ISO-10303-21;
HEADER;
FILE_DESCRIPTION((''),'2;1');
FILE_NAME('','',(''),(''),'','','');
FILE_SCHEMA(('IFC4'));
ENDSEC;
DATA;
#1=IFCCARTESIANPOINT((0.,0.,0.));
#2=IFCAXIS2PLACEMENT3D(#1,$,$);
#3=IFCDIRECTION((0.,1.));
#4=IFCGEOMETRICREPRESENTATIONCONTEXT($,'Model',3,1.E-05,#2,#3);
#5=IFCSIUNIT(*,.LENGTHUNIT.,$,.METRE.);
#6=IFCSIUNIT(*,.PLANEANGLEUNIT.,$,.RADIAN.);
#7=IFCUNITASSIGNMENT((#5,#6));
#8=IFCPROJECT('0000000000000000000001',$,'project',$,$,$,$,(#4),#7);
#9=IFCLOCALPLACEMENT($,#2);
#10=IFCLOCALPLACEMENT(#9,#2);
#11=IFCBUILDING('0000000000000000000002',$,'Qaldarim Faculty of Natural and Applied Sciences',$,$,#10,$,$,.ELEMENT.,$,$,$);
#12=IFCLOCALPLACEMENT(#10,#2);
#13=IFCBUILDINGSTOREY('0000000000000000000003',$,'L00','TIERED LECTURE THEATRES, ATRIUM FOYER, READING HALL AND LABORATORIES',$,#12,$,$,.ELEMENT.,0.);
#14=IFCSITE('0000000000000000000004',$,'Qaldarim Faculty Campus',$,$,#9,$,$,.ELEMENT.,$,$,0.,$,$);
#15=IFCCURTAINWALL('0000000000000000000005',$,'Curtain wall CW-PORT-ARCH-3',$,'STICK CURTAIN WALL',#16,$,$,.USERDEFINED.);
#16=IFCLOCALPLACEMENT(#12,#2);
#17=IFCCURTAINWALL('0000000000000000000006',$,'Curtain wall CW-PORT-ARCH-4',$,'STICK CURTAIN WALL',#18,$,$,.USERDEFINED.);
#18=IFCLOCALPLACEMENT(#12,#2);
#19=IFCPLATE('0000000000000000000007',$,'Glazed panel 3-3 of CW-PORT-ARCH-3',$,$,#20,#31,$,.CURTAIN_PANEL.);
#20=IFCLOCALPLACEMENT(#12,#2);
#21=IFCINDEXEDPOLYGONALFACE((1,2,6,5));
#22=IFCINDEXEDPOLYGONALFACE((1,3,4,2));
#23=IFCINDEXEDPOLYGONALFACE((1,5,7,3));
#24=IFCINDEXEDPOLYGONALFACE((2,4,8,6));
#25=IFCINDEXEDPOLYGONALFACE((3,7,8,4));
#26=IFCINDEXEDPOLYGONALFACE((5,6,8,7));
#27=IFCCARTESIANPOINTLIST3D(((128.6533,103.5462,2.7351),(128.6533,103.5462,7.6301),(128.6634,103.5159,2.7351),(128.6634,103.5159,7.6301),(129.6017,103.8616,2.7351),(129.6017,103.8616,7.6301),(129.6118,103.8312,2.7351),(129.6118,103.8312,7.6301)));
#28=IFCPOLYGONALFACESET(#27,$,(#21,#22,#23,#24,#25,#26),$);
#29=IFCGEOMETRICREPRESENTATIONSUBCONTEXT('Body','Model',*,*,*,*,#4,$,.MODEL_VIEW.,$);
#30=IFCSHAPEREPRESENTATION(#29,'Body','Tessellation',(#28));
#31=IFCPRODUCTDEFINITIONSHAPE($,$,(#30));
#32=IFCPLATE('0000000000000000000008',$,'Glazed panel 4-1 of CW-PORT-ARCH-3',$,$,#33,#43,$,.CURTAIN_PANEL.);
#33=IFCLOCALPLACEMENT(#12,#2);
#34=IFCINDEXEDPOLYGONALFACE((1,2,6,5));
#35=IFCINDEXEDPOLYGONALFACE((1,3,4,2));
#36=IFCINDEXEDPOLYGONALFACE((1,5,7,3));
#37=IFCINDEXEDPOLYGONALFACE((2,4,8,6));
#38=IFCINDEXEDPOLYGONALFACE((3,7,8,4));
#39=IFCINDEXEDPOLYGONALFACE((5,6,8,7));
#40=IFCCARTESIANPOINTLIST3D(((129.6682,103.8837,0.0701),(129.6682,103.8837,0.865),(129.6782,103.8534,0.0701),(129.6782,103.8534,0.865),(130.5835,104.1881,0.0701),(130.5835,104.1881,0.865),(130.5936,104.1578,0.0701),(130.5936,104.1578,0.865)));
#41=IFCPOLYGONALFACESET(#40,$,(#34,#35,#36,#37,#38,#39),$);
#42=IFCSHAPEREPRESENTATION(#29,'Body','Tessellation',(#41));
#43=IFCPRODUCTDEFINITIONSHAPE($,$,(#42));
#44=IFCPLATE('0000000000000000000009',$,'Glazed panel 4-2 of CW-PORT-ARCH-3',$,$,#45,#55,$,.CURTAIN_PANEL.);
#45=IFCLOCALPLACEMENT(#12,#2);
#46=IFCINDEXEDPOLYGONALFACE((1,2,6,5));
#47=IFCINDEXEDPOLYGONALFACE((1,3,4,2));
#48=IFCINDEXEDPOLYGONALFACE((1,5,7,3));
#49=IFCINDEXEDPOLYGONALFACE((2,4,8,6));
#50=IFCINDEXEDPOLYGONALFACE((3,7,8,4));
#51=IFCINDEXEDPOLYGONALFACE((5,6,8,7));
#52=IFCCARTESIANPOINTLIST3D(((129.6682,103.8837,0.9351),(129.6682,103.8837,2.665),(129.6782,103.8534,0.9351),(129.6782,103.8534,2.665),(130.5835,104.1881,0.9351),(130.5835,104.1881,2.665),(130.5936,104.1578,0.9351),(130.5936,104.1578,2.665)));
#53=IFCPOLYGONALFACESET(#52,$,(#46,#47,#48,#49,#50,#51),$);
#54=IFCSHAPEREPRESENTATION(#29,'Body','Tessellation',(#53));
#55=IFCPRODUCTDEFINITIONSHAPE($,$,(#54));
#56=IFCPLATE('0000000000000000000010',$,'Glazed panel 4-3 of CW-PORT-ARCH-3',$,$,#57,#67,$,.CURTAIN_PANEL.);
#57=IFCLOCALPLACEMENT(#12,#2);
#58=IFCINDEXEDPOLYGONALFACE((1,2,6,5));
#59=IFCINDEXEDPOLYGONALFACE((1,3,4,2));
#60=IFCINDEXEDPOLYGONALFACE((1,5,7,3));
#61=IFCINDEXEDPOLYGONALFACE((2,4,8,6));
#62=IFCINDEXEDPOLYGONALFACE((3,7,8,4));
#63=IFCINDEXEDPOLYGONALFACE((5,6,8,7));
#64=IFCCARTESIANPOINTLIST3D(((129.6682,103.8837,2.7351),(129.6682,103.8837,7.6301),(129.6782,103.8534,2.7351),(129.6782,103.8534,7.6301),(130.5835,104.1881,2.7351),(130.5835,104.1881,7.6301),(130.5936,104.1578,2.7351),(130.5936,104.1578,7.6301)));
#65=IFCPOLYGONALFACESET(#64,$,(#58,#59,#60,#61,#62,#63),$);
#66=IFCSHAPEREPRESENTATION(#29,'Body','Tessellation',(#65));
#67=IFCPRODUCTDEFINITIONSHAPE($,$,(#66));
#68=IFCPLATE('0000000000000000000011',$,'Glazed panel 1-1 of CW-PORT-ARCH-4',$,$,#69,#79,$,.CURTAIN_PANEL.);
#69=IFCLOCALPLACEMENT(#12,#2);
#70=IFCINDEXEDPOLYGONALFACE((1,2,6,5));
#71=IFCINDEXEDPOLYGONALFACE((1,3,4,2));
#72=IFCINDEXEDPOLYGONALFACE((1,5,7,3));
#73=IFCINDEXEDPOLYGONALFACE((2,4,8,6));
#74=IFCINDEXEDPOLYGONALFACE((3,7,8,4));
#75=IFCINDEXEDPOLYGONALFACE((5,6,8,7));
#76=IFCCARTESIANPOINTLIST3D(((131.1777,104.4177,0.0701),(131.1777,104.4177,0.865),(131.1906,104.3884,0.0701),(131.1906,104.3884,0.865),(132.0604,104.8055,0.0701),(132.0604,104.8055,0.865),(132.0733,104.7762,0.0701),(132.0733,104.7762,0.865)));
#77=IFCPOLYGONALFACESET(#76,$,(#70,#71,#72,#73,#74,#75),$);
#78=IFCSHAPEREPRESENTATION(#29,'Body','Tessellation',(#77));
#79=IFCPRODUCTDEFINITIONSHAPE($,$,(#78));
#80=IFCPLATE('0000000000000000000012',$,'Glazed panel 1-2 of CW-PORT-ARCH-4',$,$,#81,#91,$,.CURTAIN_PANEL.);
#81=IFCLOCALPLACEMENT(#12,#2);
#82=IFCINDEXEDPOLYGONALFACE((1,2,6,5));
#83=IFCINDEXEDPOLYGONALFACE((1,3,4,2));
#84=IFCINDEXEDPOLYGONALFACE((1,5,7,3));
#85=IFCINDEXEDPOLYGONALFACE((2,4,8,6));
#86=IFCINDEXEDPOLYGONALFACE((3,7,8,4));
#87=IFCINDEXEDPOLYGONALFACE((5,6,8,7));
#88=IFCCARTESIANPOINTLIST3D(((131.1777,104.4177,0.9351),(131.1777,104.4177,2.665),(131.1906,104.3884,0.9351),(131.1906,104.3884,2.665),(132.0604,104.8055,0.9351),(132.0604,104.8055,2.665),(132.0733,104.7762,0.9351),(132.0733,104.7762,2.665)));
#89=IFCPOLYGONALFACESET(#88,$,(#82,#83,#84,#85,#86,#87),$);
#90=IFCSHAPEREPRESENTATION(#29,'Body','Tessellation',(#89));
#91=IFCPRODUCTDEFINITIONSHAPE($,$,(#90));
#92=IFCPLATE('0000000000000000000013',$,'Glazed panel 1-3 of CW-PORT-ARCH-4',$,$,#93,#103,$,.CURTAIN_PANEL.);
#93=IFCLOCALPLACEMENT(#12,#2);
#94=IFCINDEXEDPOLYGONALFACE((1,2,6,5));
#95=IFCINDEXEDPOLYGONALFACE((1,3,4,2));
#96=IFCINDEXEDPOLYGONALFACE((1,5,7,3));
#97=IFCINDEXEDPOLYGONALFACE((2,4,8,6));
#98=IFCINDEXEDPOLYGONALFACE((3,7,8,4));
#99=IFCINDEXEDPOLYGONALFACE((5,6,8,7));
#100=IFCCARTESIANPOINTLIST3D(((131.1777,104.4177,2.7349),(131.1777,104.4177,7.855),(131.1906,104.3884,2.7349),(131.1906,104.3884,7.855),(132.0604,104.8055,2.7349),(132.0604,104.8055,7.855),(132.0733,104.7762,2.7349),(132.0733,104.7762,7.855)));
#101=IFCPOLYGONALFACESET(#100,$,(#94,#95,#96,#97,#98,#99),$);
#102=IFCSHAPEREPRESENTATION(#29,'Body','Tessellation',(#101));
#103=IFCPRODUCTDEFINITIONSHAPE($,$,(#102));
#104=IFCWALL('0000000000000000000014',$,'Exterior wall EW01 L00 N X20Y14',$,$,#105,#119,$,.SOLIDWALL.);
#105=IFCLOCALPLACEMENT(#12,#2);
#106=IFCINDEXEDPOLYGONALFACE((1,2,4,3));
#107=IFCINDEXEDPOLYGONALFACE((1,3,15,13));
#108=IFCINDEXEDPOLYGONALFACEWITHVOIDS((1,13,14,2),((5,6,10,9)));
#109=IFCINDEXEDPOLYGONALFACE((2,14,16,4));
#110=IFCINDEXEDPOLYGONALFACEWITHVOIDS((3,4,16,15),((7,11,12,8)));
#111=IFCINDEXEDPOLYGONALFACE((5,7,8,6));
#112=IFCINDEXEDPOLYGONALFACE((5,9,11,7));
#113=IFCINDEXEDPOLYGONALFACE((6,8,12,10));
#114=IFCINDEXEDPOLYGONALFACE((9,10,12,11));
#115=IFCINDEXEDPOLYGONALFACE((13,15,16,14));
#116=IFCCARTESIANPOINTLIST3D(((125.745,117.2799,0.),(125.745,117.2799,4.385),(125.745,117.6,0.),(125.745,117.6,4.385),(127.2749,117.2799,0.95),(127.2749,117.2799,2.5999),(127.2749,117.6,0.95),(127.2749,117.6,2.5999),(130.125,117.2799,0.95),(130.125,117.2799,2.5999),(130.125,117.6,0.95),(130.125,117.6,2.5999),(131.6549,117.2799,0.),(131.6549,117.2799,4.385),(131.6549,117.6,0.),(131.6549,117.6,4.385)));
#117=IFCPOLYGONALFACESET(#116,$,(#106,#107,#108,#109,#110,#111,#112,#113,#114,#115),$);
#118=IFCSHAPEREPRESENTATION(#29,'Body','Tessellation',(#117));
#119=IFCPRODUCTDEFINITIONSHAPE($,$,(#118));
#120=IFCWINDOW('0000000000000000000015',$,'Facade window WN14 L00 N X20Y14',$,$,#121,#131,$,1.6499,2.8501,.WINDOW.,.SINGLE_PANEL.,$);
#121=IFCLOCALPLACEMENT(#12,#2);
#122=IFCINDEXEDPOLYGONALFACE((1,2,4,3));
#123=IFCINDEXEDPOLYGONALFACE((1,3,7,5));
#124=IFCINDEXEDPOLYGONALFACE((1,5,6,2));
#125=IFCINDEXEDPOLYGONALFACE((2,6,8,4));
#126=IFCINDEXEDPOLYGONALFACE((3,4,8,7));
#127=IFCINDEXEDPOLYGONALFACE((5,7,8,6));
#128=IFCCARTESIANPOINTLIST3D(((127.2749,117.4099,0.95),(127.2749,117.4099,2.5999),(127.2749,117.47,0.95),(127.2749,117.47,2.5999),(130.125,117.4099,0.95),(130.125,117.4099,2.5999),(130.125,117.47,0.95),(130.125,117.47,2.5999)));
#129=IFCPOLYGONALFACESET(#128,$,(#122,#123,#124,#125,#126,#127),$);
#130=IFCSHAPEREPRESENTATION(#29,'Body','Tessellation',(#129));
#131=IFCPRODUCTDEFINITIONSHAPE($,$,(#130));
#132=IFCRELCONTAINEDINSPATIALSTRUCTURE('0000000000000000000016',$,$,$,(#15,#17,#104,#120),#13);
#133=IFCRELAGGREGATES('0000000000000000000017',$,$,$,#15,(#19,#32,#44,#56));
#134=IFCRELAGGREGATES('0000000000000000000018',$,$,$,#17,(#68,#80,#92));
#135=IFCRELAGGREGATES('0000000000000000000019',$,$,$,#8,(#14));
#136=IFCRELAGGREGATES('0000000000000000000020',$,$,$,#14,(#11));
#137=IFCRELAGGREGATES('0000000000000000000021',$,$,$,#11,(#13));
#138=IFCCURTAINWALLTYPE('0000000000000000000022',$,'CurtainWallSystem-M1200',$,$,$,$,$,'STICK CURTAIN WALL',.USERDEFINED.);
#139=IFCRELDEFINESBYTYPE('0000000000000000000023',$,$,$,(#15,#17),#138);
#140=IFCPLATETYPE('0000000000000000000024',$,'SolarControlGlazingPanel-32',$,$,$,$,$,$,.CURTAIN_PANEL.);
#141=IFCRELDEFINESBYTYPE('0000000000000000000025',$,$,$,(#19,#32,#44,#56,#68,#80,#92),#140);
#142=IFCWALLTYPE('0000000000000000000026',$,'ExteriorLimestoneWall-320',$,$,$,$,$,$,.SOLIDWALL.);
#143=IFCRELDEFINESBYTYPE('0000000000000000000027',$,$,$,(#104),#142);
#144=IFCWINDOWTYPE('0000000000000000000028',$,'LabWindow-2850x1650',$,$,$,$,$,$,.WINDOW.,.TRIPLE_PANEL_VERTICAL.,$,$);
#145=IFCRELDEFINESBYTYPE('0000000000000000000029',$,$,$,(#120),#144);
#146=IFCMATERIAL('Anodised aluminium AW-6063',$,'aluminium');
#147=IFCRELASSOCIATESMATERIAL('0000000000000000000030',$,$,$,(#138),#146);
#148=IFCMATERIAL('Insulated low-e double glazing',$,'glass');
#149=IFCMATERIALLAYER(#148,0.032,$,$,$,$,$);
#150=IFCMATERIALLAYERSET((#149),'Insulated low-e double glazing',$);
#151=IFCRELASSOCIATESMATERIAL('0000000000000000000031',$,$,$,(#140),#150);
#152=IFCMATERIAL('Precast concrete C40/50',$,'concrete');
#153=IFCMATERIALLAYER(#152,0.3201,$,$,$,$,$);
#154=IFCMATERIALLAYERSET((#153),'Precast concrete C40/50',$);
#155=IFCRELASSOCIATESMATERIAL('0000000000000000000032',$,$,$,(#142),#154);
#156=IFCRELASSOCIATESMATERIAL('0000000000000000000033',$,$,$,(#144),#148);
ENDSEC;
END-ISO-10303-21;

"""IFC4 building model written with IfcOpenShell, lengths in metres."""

from ifc_helpers import new_model, si_unit, direction, frame, frame_2d, origin, origin_2d, place, context, subcontext, project, spatial, rectangle, extrude, material, layer, layer_set, type_object, element, fill, aggregate, save


model = new_model("IFC4")

# Units and contexts
model_context = context("Model", 3, precision=1e-05, world=origin(), true_north=direction((0.0, 1.0)))
body_context = subcontext(model_context, "Body", "Model", "MODEL_VIEW")
ifc_project = project(units=[si_unit("LENGTHUNIT", "METRE"), si_unit("PLANEANGLEUNIT", "RADIAN")], contexts=[model_context])

# Site, building, storey
site_placement = place(None, origin())
site = spatial("IfcSite", under=ifc_project, at=site_placement, Name="Qaldarim Faculty Campus", CompositionType="ELEMENT", RefElevation=0.0)
building_placement = place(site_placement, origin())
building = spatial("IfcBuilding", under=site, at=building_placement, Name="Qaldarim Faculty of Natural and Applied Sciences", CompositionType="ELEMENT")
storey_placement = place(building_placement, origin())
storey = spatial("IfcBuildingStorey", under=building, at=storey_placement, Name="L00", Description="TIERED LECTURE THEATRES, ATRIUM FOYER, READING HALL AND LABORATORIES", CompositionType="ELEMENT", Elevation=0.0)

# Curtain walls
ifc_material_1 = material(Name="Anodised aluminium AW-6063", Category="aluminium")
curtain_wall_type = type_object("IfcCurtainWallType", Name="CurtainWallSystem-M1200", ElementType="STICK CURTAIN WALL", PredefinedType="USERDEFINED", material=ifc_material_1)
curtain_wall_1_placement = place(storey_placement, origin())
curtain_wall_1 = element("IfcCurtainWall", 1, at=curtain_wall_1_placement, inside=storey, type_object=curtain_wall_type, Name="Curtain wall CW-PORT-ARCH-3", ObjectType="STICK CURTAIN WALL", PredefinedType="USERDEFINED")
curtain_wall_2_placement = place(storey_placement, origin())
curtain_wall_2 = element("IfcCurtainWall", 2, at=curtain_wall_2_placement, inside=storey, type_object=curtain_wall_type, Name="Curtain wall CW-PORT-ARCH-4", ObjectType="STICK CURTAIN WALL", PredefinedType="USERDEFINED")

# Plates
ifc_material_2 = material(Name="Insulated low-e double glazing", Category="glass")
ifc_layer_1 = layer(ifc_material_2, 0.032)
ifc_layer_set_1 = layer_set([ifc_layer_1], Name="Insulated low-e double glazing")
plate_type = type_object("IfcPlateType", Name="SolarControlGlazingPanel-32", PredefinedType="CURTAIN_PANEL", material=ifc_layer_set_1)
plate_1_placement = place(storey_placement, frame((129.1326, 103.6887, 2.7351), z_axis=(0.0, 0.0, 1.0), x_axis=(0.948915, 0.315533, 0.0)))
plate_1 = element("IfcPlate", 3, at=plate_1_placement, type_object=plate_type, Name="Glazed panel 3-3 of CW-PORT-ARCH-3", PredefinedType="CURTAIN_PANEL", context=body_context, shape_type="SweptSolid", body=[
    extrude(rectangle(XDim=0.9995, YDim=0.032, at=origin_2d()), origin(), (0.0, 0.0, 1.0), 4.895),
])
plate_2_placement = place(storey_placement, frame((130.1309, 104.0208, 0.0701), z_axis=(0.0, 0.0, 1.0), x_axis=(0.948915, 0.315533, 0.0)))
plate_2 = element("IfcPlate", 4, at=plate_2_placement, type_object=plate_type, Name="Glazed panel 4-1 of CW-PORT-ARCH-3", PredefinedType="CURTAIN_PANEL", context=body_context, shape_type="SweptSolid", body=[
    extrude(rectangle(XDim=0.9646, YDim=0.032, at=origin_2d()), origin(), (0.0, 0.0, 1.0), 0.7949),
])
plate_3_placement = place(storey_placement, frame((130.1309, 104.0208, 0.9351), z_axis=(0.0, 0.0, 1.0), x_axis=(0.948915, 0.315533, 0.0)))
plate_3 = element("IfcPlate", 5, at=plate_3_placement, type_object=plate_type, Name="Glazed panel 4-2 of CW-PORT-ARCH-3", PredefinedType="CURTAIN_PANEL", context=body_context, shape_type="SweptSolid", body=[
    extrude(rectangle(XDim=0.9646, YDim=0.032, at=origin_2d()), origin(), (0.0, 0.0, 1.0), 1.73),
])
plate_4_placement = place(storey_placement, frame((130.1309, 104.0208, 2.7351), z_axis=(0.0, 0.0, 1.0), x_axis=(0.948915, 0.315533, 0.0)))
plate_4 = element("IfcPlate", 6, at=plate_4_placement, type_object=plate_type, Name="Glazed panel 4-3 of CW-PORT-ARCH-3", PredefinedType="CURTAIN_PANEL", context=body_context, shape_type="SweptSolid", body=[
    extrude(rectangle(XDim=0.9646, YDim=0.032, at=origin_2d()), origin(), (0.0, 0.0, 1.0), 4.895),
])
aggregate(curtain_wall_1, [plate_1, plate_2, plate_3, plate_4])
plate_5_placement = place(storey_placement, frame((131.6255, 104.5969, 0.0701), z_axis=(0.0, 0.0, 1.0), x_axis=(0.915536, 0.402235, 0.0)))
plate_5 = element("IfcPlate", 7, at=plate_5_placement, type_object=plate_type, Name="Glazed panel 1-1 of CW-PORT-ARCH-4", PredefinedType="CURTAIN_PANEL", context=body_context, shape_type="SweptSolid", body=[
    extrude(rectangle(XDim=0.9641, YDim=0.032, at=origin_2d()), origin(), (0.0, 0.0, 1.0), 0.7949),
])
plate_6_placement = place(storey_placement, frame((131.6255, 104.5969, 0.9351), z_axis=(0.0, 0.0, 1.0), x_axis=(0.915536, 0.402235, 0.0)))
plate_6 = element("IfcPlate", 8, at=plate_6_placement, type_object=plate_type, Name="Glazed panel 1-2 of CW-PORT-ARCH-4", PredefinedType="CURTAIN_PANEL", context=body_context, shape_type="SweptSolid", body=[
    extrude(rectangle(XDim=0.9641, YDim=0.032, at=origin_2d()), origin(), (0.0, 0.0, 1.0), 1.73),
])
plate_7_placement = place(storey_placement, frame((131.6255, 104.5969, 2.7349), z_axis=(0.0, 0.0, 1.0), x_axis=(0.915536, 0.402235, 0.0)))
plate_7 = element("IfcPlate", 9, at=plate_7_placement, type_object=plate_type, Name="Glazed panel 1-3 of CW-PORT-ARCH-4", PredefinedType="CURTAIN_PANEL", context=body_context, shape_type="SweptSolid", body=[
    extrude(rectangle(XDim=0.9641, YDim=0.032, at=origin_2d()), origin(), (0.0, 0.0, 1.0), 5.1201),
])
aggregate(curtain_wall_2, [plate_5, plate_6, plate_7])

# Wall, opening, window
ifc_material_3 = material(Name="Precast concrete C40/50", Category="concrete")
ifc_layer_2 = layer(ifc_material_3, 0.3201)
ifc_layer_set_2 = layer_set([ifc_layer_2], Name="Precast concrete C40/50")
wall_type = type_object("IfcWallType", Name="ExteriorLimestoneWall-320", PredefinedType="SOLIDWALL", material=ifc_layer_set_2)
wall_placement = place(storey_placement, frame((131.655, 117.4399, 0.0), z_axis=(0.0, 0.0, 1.0), x_axis=(-1.0, 0.0, 0.0)))
wall = element("IfcWall", 10, at=wall_placement, inside=storey, type_object=wall_type, Name="Exterior wall EW01 L00 N X20Y14", PredefinedType="SOLIDWALL", context=body_context, shape_type="SweptSolid", body=[
    extrude(rectangle(XDim=5.9099, YDim=0.3201, at=frame_2d((2.9551, 0.0))), origin(), (0.0, 0.0, 1.0), 4.385),
])
opening_placement = place(wall_placement, frame((1.53, 0.0, 0.95)))
opening = element("IfcOpeningElement", 11, at=opening_placement, cuts=wall, PredefinedType="OPENING", context=body_context, shape_type="SweptSolid", body=[
    extrude(rectangle(XDim=2.8501, YDim=1.6499, at=frame_2d((1.425, 0.825))), frame((0.0, 0.1699, 0.0), z_axis=(0.0, -1.0, 0.0), x_axis=(1.0, 0.0, 0.0)), (0.0, 0.0, 1.0), 0.3401),
])
window_type = type_object("IfcWindowType", Name="LabWindow-2850x1650", PartitioningType="TRIPLE_PANEL_VERTICAL", PredefinedType="WINDOW", material=ifc_material_2)
window_placement = place(opening_placement, origin())
window = element("IfcWindow", 12, at=window_placement, inside=storey, type_object=window_type, Name="Facade window WN14 L00 N X20Y14", OverallHeight=1.6499, OverallWidth=2.8501, PartitioningType="SINGLE_PANEL", PredefinedType="WINDOW", context=body_context, shape_type="SweptSolid", body=[
    extrude(rectangle(XDim=2.8501, YDim=1.6499, at=frame_2d((1.425, 0.825))), frame((0.0, 0.03, 0.0), z_axis=(0.0, -1.0, 0.0), x_axis=(1.0, 0.0, 0.0)), (0.0, 0.0, 1.0), 0.0601),
])
fill(opening, window)

save(model, "model.ifc")
